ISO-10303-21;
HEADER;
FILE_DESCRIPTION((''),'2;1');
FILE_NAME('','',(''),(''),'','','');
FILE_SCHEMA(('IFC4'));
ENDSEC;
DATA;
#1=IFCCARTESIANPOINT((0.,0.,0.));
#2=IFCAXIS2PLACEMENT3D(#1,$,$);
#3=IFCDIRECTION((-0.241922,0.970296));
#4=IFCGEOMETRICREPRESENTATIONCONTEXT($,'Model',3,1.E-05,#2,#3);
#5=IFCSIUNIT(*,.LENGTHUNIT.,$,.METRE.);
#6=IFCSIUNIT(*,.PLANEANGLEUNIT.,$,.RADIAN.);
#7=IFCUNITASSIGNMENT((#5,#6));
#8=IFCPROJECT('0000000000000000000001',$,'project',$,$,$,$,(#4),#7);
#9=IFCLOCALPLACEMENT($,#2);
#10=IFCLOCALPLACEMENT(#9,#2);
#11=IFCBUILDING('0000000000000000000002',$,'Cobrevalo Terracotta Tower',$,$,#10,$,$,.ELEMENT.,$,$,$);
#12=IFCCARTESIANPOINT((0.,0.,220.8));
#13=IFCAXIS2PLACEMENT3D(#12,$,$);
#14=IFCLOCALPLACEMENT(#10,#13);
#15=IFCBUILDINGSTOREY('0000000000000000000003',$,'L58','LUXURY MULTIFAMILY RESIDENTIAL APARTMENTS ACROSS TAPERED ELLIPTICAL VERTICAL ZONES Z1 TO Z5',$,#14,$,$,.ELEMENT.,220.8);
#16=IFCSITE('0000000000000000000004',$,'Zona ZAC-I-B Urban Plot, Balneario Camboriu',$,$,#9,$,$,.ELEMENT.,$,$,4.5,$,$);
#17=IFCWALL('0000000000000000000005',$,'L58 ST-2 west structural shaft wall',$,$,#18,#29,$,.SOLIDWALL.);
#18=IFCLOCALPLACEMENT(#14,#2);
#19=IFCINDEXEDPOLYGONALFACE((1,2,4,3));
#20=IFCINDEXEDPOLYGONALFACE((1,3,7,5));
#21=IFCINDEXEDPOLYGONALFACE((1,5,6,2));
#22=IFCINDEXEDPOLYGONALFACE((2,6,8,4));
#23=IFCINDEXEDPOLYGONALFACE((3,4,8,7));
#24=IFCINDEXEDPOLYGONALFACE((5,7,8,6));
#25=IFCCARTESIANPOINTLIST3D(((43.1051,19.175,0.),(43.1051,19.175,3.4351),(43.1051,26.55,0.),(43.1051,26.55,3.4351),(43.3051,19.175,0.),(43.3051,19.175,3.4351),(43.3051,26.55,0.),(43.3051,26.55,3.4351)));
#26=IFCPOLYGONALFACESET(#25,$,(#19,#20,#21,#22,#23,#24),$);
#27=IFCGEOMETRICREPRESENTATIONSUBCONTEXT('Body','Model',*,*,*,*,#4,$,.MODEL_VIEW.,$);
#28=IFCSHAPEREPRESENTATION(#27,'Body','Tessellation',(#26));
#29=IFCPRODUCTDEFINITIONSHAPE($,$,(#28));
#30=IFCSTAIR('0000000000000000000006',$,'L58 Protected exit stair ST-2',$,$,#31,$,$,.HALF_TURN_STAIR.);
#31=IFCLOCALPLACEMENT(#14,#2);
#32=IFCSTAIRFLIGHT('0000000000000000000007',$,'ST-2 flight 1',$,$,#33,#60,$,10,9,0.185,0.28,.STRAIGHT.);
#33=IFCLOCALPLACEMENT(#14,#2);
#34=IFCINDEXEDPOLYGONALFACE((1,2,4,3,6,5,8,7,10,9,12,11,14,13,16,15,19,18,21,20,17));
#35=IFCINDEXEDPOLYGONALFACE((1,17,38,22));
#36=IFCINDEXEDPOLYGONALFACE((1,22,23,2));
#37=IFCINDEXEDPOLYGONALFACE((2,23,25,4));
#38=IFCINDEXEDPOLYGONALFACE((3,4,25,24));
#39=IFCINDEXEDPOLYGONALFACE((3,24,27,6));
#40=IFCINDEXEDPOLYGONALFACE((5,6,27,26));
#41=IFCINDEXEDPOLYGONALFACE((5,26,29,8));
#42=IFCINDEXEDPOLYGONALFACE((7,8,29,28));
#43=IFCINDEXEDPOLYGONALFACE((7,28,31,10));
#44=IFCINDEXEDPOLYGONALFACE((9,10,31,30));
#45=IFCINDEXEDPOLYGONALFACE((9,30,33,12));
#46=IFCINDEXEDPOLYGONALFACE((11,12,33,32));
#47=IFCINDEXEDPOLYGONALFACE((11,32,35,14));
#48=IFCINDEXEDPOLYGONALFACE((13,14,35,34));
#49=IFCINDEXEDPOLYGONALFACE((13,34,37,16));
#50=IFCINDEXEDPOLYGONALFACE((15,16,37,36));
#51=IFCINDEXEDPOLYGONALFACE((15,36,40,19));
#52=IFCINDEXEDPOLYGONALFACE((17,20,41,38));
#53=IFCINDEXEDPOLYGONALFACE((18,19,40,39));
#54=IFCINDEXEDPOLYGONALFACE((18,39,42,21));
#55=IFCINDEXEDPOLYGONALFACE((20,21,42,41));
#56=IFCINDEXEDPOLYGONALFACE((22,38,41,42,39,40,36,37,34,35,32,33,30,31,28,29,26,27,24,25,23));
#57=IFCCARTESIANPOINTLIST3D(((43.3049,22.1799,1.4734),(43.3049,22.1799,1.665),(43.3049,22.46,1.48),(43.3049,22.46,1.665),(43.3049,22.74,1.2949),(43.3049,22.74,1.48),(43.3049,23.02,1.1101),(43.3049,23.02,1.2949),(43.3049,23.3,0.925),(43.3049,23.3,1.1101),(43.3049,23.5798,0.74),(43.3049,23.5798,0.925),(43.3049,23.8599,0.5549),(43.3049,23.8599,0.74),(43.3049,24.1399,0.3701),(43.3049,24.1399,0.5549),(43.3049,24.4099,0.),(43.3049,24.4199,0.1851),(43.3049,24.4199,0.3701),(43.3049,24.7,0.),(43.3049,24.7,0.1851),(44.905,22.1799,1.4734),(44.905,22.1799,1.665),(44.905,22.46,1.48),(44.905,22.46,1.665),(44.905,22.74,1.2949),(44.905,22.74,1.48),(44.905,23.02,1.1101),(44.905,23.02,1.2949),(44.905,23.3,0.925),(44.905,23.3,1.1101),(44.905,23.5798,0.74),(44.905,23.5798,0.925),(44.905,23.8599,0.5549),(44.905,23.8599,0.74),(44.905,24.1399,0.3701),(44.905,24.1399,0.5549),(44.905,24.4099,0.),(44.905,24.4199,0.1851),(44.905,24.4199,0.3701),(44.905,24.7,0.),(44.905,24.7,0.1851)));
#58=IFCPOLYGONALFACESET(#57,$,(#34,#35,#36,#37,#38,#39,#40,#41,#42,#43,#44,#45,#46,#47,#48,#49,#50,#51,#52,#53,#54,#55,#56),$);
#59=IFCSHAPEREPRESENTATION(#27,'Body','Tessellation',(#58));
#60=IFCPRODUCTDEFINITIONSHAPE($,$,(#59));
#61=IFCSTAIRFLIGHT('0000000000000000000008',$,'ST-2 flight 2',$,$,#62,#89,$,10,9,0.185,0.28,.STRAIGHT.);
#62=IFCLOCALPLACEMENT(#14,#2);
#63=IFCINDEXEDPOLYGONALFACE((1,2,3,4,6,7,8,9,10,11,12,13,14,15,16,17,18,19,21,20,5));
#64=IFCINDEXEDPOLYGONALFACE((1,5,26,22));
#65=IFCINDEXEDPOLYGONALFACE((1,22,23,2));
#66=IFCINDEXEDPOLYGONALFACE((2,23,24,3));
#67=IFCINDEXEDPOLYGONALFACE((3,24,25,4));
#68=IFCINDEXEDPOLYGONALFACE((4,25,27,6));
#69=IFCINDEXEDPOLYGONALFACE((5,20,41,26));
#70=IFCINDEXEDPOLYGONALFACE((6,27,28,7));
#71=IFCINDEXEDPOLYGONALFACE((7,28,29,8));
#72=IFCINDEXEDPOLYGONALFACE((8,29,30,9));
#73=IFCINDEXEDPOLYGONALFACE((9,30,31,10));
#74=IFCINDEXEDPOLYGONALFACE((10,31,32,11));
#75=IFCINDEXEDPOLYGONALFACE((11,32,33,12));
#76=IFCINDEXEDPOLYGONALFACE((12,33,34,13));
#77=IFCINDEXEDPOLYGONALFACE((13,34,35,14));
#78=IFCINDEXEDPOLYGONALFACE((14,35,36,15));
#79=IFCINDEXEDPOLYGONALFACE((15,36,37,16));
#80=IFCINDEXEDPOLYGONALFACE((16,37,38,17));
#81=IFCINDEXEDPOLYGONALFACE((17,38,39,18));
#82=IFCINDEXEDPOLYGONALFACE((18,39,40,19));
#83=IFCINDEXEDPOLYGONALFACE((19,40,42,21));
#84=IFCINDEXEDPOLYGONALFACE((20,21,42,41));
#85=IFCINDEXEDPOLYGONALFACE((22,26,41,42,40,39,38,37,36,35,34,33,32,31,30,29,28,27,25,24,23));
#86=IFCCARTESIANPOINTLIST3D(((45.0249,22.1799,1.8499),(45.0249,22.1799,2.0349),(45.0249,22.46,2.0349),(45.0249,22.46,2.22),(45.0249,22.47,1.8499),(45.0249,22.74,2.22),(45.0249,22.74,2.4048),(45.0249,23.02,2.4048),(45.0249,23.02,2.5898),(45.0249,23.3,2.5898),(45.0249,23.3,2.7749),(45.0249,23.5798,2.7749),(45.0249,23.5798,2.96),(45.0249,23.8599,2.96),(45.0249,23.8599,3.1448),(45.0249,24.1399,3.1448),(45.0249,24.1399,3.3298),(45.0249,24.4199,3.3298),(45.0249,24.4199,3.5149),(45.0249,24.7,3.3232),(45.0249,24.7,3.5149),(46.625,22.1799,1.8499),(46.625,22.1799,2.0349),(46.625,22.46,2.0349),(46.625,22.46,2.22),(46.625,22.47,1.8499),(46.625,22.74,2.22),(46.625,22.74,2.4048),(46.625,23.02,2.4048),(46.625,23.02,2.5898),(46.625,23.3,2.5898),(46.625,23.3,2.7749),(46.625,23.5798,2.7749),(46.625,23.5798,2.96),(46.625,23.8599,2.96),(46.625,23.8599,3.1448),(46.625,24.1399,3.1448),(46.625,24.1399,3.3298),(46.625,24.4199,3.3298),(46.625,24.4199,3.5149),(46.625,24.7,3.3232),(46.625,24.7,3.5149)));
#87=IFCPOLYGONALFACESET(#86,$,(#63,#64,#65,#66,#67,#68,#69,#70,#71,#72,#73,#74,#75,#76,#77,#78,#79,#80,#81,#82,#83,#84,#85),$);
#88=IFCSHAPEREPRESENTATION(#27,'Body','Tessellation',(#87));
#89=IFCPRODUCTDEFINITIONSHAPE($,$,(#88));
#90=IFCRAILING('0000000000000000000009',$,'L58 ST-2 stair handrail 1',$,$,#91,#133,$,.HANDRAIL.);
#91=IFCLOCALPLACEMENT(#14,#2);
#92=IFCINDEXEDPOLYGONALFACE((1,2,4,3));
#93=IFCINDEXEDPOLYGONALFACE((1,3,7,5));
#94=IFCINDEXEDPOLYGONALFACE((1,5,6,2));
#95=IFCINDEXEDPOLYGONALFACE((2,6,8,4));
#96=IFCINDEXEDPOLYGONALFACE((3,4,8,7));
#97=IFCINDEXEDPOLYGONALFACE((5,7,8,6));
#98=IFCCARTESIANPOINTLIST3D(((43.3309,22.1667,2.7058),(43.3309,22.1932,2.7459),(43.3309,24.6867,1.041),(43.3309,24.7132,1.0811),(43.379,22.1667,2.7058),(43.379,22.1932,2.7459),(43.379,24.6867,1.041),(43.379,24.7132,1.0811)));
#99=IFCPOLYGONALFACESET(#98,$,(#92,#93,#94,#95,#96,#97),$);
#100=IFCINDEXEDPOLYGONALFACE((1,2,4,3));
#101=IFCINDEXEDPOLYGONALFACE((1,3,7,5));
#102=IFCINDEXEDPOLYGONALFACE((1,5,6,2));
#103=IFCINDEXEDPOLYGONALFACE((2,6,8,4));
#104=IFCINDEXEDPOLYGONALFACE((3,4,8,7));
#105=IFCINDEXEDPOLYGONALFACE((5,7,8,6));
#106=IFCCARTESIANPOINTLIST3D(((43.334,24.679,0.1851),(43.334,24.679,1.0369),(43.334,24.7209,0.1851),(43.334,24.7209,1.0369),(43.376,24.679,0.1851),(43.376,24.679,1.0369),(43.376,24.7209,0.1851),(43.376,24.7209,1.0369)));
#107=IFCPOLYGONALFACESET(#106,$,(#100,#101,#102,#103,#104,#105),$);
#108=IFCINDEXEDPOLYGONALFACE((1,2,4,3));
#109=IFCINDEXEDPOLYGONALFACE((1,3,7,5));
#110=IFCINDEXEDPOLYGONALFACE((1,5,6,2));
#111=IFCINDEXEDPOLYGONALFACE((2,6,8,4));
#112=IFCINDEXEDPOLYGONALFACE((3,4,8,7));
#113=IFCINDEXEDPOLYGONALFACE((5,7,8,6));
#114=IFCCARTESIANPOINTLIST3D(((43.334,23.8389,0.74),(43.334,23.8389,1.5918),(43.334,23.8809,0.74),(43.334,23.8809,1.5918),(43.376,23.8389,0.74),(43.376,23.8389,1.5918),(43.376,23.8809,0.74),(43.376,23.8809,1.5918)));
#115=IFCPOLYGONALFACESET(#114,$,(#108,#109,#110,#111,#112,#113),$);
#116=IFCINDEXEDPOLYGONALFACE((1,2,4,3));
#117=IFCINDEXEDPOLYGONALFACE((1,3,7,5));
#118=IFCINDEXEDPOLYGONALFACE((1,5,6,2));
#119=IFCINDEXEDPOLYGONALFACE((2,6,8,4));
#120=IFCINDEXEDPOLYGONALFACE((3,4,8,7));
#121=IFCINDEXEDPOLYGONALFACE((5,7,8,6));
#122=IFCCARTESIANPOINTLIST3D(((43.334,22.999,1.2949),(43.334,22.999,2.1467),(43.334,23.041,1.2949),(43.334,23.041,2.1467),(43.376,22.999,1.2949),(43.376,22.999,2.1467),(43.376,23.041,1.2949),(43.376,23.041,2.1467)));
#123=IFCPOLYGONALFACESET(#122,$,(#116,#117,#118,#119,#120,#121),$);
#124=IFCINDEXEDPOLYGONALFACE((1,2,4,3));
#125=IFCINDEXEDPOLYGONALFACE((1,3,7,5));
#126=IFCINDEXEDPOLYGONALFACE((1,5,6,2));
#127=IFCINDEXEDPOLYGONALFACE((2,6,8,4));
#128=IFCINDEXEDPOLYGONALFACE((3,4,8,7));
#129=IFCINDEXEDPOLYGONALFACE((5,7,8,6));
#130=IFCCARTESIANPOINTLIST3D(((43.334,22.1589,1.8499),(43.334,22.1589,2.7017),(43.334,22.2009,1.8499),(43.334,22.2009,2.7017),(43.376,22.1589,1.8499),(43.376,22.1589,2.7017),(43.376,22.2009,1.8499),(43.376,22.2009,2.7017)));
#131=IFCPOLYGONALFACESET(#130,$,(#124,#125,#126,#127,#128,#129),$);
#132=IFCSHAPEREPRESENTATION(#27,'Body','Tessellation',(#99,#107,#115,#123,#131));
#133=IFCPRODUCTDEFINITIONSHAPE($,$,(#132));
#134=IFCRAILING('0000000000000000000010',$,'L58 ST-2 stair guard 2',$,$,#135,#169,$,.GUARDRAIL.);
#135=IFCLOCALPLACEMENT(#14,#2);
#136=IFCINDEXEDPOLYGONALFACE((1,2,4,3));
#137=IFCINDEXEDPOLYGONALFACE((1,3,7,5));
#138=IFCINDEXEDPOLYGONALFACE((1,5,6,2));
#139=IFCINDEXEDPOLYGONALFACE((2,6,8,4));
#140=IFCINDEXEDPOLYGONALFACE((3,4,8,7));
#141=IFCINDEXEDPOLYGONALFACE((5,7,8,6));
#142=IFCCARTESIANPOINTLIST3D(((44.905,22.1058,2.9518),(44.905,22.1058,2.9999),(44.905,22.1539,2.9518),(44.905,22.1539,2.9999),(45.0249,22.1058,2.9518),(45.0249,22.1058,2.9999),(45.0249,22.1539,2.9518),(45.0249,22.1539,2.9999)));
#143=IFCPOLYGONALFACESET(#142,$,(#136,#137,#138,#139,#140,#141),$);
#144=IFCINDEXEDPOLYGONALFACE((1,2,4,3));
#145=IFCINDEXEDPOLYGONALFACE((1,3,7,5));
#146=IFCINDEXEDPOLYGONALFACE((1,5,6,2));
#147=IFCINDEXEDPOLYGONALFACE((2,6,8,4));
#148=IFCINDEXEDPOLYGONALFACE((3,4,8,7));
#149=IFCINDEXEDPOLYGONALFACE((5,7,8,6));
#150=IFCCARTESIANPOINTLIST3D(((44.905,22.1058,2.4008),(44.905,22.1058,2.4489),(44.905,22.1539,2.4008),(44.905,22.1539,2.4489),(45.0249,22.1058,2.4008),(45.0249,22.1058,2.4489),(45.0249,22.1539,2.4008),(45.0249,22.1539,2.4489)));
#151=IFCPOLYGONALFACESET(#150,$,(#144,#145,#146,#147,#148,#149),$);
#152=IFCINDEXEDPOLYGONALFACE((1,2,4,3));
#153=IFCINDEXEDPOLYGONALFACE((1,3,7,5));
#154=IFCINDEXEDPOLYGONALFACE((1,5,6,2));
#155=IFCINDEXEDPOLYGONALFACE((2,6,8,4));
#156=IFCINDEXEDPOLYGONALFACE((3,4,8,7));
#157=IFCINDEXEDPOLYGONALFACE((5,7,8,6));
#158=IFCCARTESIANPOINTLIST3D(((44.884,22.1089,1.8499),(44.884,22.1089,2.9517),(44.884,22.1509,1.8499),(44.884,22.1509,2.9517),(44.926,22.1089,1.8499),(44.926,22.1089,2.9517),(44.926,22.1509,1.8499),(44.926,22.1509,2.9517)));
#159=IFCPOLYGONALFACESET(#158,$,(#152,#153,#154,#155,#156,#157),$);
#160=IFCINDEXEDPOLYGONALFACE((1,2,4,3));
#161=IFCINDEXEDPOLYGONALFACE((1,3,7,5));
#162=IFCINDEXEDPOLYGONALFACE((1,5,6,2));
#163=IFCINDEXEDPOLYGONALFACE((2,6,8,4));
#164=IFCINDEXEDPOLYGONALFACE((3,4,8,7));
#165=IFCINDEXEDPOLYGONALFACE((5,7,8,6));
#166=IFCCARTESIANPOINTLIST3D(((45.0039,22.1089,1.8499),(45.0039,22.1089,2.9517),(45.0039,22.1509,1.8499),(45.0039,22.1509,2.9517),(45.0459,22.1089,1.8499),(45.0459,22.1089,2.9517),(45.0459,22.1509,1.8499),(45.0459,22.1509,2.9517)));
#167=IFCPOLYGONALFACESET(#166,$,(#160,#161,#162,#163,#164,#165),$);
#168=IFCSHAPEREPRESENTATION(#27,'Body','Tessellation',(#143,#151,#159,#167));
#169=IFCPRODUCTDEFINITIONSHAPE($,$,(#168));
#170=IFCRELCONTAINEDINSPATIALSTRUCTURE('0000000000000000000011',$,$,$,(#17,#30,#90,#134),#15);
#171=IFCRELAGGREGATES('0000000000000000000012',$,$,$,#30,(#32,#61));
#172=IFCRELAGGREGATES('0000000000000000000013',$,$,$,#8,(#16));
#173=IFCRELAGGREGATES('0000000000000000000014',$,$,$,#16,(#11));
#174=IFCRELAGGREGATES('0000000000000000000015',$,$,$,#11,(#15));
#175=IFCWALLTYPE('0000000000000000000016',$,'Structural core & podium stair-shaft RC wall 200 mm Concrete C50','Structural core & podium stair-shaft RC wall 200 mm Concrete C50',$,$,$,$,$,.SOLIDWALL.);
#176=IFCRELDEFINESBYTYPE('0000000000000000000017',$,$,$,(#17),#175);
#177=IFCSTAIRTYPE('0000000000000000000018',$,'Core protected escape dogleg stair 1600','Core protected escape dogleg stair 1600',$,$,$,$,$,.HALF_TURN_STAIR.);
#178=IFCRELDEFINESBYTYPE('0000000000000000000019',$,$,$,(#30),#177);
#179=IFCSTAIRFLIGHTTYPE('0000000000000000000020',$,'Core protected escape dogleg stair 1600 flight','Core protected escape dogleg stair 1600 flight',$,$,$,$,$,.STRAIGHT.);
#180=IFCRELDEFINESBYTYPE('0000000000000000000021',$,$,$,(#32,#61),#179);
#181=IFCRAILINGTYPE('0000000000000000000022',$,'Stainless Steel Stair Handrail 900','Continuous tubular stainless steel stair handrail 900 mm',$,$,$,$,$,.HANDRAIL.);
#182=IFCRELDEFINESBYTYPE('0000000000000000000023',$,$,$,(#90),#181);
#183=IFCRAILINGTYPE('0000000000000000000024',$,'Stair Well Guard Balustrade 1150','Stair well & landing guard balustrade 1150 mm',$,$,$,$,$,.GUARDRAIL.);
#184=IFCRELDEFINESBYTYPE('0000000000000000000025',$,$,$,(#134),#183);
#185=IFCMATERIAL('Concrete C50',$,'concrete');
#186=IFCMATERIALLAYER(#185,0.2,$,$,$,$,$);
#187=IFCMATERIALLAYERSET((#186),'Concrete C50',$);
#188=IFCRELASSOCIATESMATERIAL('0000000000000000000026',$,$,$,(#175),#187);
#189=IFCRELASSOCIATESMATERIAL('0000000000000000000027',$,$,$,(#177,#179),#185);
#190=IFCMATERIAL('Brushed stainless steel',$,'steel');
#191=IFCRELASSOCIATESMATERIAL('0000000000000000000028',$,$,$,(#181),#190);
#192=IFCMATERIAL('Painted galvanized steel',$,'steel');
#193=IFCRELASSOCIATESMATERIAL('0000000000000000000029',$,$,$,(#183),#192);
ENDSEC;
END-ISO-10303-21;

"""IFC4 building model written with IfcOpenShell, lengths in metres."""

from ifc_helpers import new_model, si_unit, direction, frame, frame_2d, origin, origin_2d, place, context, subcontext, project, spatial, polyline, rectangle, outline, extrude, material, layer, layer_set, type_object, element, aggregate, save


model = new_model("IFC4")

# Units and contexts
model_context = context("Model", 3, precision=1e-05, world=origin(), true_north=direction((-0.241922, 0.970296)))
body_context = subcontext(model_context, "Body", "Model", "MODEL_VIEW")
ifc_project = project(units=[si_unit("LENGTHUNIT", "METRE"), si_unit("PLANEANGLEUNIT", "RADIAN")], contexts=[model_context])

# Site, building, storey
site_placement = place(None, origin())
site = spatial("IfcSite", under=ifc_project, at=site_placement, Name="Zona ZAC-I-B Urban Plot, Balneario Camboriu", CompositionType="ELEMENT", RefElevation=4.5)
building_placement = place(site_placement, origin())
building = spatial("IfcBuilding", under=site, at=building_placement, Name="Cobrevalo Terracotta Tower", CompositionType="ELEMENT")
storey_placement = place(building_placement, frame((0.0, 0.0, 220.8)))
storey = spatial("IfcBuildingStorey", under=building, at=storey_placement, Name="L58", Description="LUXURY MULTIFAMILY RESIDENTIAL APARTMENTS ACROSS TAPERED ELLIPTICAL VERTICAL ZONES Z1 TO Z5", CompositionType="ELEMENT", Elevation=220.8)

# Shared definitions
ifc_material_1 = material(Name="Concrete C50", Category="concrete")

# Wall
ifc_layer_1 = layer(ifc_material_1, 0.2)
ifc_layer_set_1 = layer_set([ifc_layer_1], Name="Concrete C50")
wall_type_1 = type_object("IfcWallType", Name="Structural core & podium stair-shaft RC wall 200 mm Concrete C50", Description="Structural core & podium stair-shaft RC wall 200 mm Concrete C50", PredefinedType="SOLIDWALL", material=ifc_layer_set_1)
wall_1_placement = place(storey_placement, frame((43.2051, 19.175, 0.0), z_axis=(0.0, 0.0, 1.0), x_axis=(0.0, 1.0, 0.0)))
element("IfcWall", 1, at=wall_1_placement, inside=storey, type_object=wall_type_1, Name="L58 ST-2 west structural shaft wall", PredefinedType="SOLIDWALL", context=body_context, shape_type="SweptSolid", body=[
    extrude(rectangle(XDim=7.375, YDim=0.2, at=frame_2d((3.6875, 0.0))), origin(), (0.0, 0.0, 1.0), 3.4351),
])

# Stair, stair flights
stair_type = type_object("IfcStairType", Name="Core protected escape dogleg stair 1600", Description="Core protected escape dogleg stair 1600", PredefinedType="HALF_TURN_STAIR", material=ifc_material_1)
stair_placement = place(storey_placement, origin())
stair = element("IfcStair", 2, at=stair_placement, inside=storey, type_object=stair_type, Name="L58 Protected exit stair ST-2", PredefinedType="HALF_TURN_STAIR")
stair_flight_type = type_object("IfcStairFlightType", Name="Core protected escape dogleg stair 1600 flight", Description="Core protected escape dogleg stair 1600 flight", PredefinedType="STRAIGHT", material=ifc_material_1)
stair_flight_1_placement = place(storey_placement, frame((44.105, 24.7, 0.0), z_axis=(0.0, 0.0, 1.0), x_axis=(0.0, -1.0, 0.0)))
stair_flight_1 = element("IfcStairFlight", 3, at=stair_flight_1_placement, type_object=stair_flight_type, Name="ST-2 flight 1", NumberOfRisers=10, NumberOfTreads=9, PredefinedType="STRAIGHT", RiserHeight=0.185, TreadLength=0.28, context=body_context, shape_type="SweptSolid", body=[
    extrude(outline(polyline([(0.0, 0.0), (0.0, 0.1851), (0.28, 0.1851), (0.28, 0.3701), (0.5601, 0.3701), (0.5601, 0.5549), (0.8401, 0.5549), (0.8401, 0.74), (1.1201, 0.74), (1.1201, 0.925), (1.3999, 0.925), (1.3999, 1.1101), (1.6799, 1.1101), (1.6799, 1.2949), (1.96, 1.2949), (1.96, 1.48), (2.24, 1.48), (2.24, 1.665), (2.52, 1.665), (2.52, 1.8501), (2.52, 1.4734), (0.29, 0.0), (0.0, 0.0)])), frame((0.0, 0.8, 0.0), z_axis=(0.0, -1.0, 0.0), x_axis=(1.0, 0.0, 0.0)), (0.0, 0.0, 1.0), 1.6001),
])
stair_flight_2_placement = place(storey_placement, frame((45.825, 22.1799, 1.8499), z_axis=(0.0, 0.0, 1.0), x_axis=(0.0, 1.0, 0.0)))
stair_flight_2 = element("IfcStairFlight", 4, at=stair_flight_2_placement, type_object=stair_flight_type, Name="ST-2 flight 2", NumberOfRisers=10, NumberOfTreads=9, PredefinedType="STRAIGHT", RiserHeight=0.185, TreadLength=0.28, context=body_context, shape_type="SweptSolid", body=[
    extrude(outline(polyline([(0.0, 0.0), (0.0, 0.1851), (0.28, 0.1851), (0.28, 0.3701), (0.5601, 0.3701), (0.5601, 0.5549), (0.8401, 0.5549), (0.8401, 0.74), (1.1201, 0.74), (1.1201, 0.925), (1.3999, 0.925), (1.3999, 1.1101), (1.6799, 1.1101), (1.6799, 1.2949), (1.96, 1.2949), (1.96, 1.48), (2.24, 1.48), (2.24, 1.665), (2.52, 1.665), (2.52, 1.8501), (2.52, 1.4734), (0.29, 0.0), (0.0, 0.0)])), frame((0.0, 0.8, 0.0), z_axis=(0.0, -1.0, 0.0), x_axis=(1.0, 0.0, 0.0)), (0.0, 0.0, 1.0), 1.6001),
])
aggregate(stair, [stair_flight_1, stair_flight_2])

# Railings
ifc_material_2 = material(Name="Brushed stainless steel", Category="steel")
railing_type_1 = type_object("IfcRailingType", Name="Stainless Steel Stair Handrail 900", Description="Continuous tubular stainless steel stair handrail 900 mm", PredefinedType="HANDRAIL", material=ifc_material_2)
railing_1_placement = place(storey_placement, frame((43.355, 24.7, 0.1851)))
element("IfcRailing", 5, at=railing_1_placement, inside=storey, type_object=railing_type_1, Name="L58 ST-2 stair handrail 1", PredefinedType="HANDRAIL", context=body_context, shape_type="SweptSolid", body=[
    extrude(rectangle(XDim=0.0481, YDim=0.0481, at=origin_2d()), frame((0.0, 0.0, 0.876), z_axis=(0.0, -0.834369, 0.551207), x_axis=(1.0, 0.0, 0.0)), (0.0, 0.0, 1.0), 3.0203),
    extrude(rectangle(XDim=0.042, YDim=0.042, at=origin_2d()), origin(), (0.0, 0.0, 1.0), 0.8518),
    extrude(rectangle(XDim=0.042, YDim=0.042, at=origin_2d()), frame((0.0, -0.8401, 0.5549)), (0.0, 0.0, 1.0), 0.8518),
    extrude(rectangle(XDim=0.042, YDim=0.042, at=origin_2d()), frame((0.0, -1.6799, 1.1099)), (0.0, 0.0, 1.0), 0.8518),
    extrude(rectangle(XDim=0.042, YDim=0.042, at=origin_2d()), frame((0.0, -2.52, 1.6648)), (0.0, 0.0, 1.0), 0.8518),
])
ifc_material_3 = material(Name="Painted galvanized steel", Category="steel")
railing_type_2 = type_object("IfcRailingType", Name="Stair Well Guard Balustrade 1150", Description="Stair well & landing guard balustrade 1150 mm", PredefinedType="GUARDRAIL", material=ifc_material_3)
railing_2_placement = place(storey_placement, frame((44.905, 22.1299, 1.8499)))
element("IfcRailing", 6, at=railing_2_placement, inside=storey, type_object=railing_type_2, Name="L58 ST-2 stair guard 2", PredefinedType="GUARDRAIL", context=body_context, shape_type="SweptSolid", body=[
    extrude(rectangle(XDim=0.0481, YDim=0.0481, at=origin_2d()), frame((0.0, 0.0, 1.126), z_axis=(1.0, 0.0, 0.0), x_axis=(0.0, 1.0, 0.0)), (0.0, 0.0, 1.0), 0.1199),
    extrude(rectangle(XDim=0.0481, YDim=0.0481, at=origin_2d()), frame((0.0, 0.0, 0.575), z_axis=(1.0, 0.0, 0.0), x_axis=(0.0, 1.0, 0.0)), (0.0, 0.0, 1.0), 0.1199),
    extrude(rectangle(XDim=0.042, YDim=0.042, at=origin_2d()), origin(), (0.0, 0.0, 1.0), 1.1018),
    extrude(rectangle(XDim=0.042, YDim=0.042, at=origin_2d()), frame((0.1199, 0.0, 0.0)), (0.0, 0.0, 1.0), 1.1018),
])

save(model, "model.ifc")
